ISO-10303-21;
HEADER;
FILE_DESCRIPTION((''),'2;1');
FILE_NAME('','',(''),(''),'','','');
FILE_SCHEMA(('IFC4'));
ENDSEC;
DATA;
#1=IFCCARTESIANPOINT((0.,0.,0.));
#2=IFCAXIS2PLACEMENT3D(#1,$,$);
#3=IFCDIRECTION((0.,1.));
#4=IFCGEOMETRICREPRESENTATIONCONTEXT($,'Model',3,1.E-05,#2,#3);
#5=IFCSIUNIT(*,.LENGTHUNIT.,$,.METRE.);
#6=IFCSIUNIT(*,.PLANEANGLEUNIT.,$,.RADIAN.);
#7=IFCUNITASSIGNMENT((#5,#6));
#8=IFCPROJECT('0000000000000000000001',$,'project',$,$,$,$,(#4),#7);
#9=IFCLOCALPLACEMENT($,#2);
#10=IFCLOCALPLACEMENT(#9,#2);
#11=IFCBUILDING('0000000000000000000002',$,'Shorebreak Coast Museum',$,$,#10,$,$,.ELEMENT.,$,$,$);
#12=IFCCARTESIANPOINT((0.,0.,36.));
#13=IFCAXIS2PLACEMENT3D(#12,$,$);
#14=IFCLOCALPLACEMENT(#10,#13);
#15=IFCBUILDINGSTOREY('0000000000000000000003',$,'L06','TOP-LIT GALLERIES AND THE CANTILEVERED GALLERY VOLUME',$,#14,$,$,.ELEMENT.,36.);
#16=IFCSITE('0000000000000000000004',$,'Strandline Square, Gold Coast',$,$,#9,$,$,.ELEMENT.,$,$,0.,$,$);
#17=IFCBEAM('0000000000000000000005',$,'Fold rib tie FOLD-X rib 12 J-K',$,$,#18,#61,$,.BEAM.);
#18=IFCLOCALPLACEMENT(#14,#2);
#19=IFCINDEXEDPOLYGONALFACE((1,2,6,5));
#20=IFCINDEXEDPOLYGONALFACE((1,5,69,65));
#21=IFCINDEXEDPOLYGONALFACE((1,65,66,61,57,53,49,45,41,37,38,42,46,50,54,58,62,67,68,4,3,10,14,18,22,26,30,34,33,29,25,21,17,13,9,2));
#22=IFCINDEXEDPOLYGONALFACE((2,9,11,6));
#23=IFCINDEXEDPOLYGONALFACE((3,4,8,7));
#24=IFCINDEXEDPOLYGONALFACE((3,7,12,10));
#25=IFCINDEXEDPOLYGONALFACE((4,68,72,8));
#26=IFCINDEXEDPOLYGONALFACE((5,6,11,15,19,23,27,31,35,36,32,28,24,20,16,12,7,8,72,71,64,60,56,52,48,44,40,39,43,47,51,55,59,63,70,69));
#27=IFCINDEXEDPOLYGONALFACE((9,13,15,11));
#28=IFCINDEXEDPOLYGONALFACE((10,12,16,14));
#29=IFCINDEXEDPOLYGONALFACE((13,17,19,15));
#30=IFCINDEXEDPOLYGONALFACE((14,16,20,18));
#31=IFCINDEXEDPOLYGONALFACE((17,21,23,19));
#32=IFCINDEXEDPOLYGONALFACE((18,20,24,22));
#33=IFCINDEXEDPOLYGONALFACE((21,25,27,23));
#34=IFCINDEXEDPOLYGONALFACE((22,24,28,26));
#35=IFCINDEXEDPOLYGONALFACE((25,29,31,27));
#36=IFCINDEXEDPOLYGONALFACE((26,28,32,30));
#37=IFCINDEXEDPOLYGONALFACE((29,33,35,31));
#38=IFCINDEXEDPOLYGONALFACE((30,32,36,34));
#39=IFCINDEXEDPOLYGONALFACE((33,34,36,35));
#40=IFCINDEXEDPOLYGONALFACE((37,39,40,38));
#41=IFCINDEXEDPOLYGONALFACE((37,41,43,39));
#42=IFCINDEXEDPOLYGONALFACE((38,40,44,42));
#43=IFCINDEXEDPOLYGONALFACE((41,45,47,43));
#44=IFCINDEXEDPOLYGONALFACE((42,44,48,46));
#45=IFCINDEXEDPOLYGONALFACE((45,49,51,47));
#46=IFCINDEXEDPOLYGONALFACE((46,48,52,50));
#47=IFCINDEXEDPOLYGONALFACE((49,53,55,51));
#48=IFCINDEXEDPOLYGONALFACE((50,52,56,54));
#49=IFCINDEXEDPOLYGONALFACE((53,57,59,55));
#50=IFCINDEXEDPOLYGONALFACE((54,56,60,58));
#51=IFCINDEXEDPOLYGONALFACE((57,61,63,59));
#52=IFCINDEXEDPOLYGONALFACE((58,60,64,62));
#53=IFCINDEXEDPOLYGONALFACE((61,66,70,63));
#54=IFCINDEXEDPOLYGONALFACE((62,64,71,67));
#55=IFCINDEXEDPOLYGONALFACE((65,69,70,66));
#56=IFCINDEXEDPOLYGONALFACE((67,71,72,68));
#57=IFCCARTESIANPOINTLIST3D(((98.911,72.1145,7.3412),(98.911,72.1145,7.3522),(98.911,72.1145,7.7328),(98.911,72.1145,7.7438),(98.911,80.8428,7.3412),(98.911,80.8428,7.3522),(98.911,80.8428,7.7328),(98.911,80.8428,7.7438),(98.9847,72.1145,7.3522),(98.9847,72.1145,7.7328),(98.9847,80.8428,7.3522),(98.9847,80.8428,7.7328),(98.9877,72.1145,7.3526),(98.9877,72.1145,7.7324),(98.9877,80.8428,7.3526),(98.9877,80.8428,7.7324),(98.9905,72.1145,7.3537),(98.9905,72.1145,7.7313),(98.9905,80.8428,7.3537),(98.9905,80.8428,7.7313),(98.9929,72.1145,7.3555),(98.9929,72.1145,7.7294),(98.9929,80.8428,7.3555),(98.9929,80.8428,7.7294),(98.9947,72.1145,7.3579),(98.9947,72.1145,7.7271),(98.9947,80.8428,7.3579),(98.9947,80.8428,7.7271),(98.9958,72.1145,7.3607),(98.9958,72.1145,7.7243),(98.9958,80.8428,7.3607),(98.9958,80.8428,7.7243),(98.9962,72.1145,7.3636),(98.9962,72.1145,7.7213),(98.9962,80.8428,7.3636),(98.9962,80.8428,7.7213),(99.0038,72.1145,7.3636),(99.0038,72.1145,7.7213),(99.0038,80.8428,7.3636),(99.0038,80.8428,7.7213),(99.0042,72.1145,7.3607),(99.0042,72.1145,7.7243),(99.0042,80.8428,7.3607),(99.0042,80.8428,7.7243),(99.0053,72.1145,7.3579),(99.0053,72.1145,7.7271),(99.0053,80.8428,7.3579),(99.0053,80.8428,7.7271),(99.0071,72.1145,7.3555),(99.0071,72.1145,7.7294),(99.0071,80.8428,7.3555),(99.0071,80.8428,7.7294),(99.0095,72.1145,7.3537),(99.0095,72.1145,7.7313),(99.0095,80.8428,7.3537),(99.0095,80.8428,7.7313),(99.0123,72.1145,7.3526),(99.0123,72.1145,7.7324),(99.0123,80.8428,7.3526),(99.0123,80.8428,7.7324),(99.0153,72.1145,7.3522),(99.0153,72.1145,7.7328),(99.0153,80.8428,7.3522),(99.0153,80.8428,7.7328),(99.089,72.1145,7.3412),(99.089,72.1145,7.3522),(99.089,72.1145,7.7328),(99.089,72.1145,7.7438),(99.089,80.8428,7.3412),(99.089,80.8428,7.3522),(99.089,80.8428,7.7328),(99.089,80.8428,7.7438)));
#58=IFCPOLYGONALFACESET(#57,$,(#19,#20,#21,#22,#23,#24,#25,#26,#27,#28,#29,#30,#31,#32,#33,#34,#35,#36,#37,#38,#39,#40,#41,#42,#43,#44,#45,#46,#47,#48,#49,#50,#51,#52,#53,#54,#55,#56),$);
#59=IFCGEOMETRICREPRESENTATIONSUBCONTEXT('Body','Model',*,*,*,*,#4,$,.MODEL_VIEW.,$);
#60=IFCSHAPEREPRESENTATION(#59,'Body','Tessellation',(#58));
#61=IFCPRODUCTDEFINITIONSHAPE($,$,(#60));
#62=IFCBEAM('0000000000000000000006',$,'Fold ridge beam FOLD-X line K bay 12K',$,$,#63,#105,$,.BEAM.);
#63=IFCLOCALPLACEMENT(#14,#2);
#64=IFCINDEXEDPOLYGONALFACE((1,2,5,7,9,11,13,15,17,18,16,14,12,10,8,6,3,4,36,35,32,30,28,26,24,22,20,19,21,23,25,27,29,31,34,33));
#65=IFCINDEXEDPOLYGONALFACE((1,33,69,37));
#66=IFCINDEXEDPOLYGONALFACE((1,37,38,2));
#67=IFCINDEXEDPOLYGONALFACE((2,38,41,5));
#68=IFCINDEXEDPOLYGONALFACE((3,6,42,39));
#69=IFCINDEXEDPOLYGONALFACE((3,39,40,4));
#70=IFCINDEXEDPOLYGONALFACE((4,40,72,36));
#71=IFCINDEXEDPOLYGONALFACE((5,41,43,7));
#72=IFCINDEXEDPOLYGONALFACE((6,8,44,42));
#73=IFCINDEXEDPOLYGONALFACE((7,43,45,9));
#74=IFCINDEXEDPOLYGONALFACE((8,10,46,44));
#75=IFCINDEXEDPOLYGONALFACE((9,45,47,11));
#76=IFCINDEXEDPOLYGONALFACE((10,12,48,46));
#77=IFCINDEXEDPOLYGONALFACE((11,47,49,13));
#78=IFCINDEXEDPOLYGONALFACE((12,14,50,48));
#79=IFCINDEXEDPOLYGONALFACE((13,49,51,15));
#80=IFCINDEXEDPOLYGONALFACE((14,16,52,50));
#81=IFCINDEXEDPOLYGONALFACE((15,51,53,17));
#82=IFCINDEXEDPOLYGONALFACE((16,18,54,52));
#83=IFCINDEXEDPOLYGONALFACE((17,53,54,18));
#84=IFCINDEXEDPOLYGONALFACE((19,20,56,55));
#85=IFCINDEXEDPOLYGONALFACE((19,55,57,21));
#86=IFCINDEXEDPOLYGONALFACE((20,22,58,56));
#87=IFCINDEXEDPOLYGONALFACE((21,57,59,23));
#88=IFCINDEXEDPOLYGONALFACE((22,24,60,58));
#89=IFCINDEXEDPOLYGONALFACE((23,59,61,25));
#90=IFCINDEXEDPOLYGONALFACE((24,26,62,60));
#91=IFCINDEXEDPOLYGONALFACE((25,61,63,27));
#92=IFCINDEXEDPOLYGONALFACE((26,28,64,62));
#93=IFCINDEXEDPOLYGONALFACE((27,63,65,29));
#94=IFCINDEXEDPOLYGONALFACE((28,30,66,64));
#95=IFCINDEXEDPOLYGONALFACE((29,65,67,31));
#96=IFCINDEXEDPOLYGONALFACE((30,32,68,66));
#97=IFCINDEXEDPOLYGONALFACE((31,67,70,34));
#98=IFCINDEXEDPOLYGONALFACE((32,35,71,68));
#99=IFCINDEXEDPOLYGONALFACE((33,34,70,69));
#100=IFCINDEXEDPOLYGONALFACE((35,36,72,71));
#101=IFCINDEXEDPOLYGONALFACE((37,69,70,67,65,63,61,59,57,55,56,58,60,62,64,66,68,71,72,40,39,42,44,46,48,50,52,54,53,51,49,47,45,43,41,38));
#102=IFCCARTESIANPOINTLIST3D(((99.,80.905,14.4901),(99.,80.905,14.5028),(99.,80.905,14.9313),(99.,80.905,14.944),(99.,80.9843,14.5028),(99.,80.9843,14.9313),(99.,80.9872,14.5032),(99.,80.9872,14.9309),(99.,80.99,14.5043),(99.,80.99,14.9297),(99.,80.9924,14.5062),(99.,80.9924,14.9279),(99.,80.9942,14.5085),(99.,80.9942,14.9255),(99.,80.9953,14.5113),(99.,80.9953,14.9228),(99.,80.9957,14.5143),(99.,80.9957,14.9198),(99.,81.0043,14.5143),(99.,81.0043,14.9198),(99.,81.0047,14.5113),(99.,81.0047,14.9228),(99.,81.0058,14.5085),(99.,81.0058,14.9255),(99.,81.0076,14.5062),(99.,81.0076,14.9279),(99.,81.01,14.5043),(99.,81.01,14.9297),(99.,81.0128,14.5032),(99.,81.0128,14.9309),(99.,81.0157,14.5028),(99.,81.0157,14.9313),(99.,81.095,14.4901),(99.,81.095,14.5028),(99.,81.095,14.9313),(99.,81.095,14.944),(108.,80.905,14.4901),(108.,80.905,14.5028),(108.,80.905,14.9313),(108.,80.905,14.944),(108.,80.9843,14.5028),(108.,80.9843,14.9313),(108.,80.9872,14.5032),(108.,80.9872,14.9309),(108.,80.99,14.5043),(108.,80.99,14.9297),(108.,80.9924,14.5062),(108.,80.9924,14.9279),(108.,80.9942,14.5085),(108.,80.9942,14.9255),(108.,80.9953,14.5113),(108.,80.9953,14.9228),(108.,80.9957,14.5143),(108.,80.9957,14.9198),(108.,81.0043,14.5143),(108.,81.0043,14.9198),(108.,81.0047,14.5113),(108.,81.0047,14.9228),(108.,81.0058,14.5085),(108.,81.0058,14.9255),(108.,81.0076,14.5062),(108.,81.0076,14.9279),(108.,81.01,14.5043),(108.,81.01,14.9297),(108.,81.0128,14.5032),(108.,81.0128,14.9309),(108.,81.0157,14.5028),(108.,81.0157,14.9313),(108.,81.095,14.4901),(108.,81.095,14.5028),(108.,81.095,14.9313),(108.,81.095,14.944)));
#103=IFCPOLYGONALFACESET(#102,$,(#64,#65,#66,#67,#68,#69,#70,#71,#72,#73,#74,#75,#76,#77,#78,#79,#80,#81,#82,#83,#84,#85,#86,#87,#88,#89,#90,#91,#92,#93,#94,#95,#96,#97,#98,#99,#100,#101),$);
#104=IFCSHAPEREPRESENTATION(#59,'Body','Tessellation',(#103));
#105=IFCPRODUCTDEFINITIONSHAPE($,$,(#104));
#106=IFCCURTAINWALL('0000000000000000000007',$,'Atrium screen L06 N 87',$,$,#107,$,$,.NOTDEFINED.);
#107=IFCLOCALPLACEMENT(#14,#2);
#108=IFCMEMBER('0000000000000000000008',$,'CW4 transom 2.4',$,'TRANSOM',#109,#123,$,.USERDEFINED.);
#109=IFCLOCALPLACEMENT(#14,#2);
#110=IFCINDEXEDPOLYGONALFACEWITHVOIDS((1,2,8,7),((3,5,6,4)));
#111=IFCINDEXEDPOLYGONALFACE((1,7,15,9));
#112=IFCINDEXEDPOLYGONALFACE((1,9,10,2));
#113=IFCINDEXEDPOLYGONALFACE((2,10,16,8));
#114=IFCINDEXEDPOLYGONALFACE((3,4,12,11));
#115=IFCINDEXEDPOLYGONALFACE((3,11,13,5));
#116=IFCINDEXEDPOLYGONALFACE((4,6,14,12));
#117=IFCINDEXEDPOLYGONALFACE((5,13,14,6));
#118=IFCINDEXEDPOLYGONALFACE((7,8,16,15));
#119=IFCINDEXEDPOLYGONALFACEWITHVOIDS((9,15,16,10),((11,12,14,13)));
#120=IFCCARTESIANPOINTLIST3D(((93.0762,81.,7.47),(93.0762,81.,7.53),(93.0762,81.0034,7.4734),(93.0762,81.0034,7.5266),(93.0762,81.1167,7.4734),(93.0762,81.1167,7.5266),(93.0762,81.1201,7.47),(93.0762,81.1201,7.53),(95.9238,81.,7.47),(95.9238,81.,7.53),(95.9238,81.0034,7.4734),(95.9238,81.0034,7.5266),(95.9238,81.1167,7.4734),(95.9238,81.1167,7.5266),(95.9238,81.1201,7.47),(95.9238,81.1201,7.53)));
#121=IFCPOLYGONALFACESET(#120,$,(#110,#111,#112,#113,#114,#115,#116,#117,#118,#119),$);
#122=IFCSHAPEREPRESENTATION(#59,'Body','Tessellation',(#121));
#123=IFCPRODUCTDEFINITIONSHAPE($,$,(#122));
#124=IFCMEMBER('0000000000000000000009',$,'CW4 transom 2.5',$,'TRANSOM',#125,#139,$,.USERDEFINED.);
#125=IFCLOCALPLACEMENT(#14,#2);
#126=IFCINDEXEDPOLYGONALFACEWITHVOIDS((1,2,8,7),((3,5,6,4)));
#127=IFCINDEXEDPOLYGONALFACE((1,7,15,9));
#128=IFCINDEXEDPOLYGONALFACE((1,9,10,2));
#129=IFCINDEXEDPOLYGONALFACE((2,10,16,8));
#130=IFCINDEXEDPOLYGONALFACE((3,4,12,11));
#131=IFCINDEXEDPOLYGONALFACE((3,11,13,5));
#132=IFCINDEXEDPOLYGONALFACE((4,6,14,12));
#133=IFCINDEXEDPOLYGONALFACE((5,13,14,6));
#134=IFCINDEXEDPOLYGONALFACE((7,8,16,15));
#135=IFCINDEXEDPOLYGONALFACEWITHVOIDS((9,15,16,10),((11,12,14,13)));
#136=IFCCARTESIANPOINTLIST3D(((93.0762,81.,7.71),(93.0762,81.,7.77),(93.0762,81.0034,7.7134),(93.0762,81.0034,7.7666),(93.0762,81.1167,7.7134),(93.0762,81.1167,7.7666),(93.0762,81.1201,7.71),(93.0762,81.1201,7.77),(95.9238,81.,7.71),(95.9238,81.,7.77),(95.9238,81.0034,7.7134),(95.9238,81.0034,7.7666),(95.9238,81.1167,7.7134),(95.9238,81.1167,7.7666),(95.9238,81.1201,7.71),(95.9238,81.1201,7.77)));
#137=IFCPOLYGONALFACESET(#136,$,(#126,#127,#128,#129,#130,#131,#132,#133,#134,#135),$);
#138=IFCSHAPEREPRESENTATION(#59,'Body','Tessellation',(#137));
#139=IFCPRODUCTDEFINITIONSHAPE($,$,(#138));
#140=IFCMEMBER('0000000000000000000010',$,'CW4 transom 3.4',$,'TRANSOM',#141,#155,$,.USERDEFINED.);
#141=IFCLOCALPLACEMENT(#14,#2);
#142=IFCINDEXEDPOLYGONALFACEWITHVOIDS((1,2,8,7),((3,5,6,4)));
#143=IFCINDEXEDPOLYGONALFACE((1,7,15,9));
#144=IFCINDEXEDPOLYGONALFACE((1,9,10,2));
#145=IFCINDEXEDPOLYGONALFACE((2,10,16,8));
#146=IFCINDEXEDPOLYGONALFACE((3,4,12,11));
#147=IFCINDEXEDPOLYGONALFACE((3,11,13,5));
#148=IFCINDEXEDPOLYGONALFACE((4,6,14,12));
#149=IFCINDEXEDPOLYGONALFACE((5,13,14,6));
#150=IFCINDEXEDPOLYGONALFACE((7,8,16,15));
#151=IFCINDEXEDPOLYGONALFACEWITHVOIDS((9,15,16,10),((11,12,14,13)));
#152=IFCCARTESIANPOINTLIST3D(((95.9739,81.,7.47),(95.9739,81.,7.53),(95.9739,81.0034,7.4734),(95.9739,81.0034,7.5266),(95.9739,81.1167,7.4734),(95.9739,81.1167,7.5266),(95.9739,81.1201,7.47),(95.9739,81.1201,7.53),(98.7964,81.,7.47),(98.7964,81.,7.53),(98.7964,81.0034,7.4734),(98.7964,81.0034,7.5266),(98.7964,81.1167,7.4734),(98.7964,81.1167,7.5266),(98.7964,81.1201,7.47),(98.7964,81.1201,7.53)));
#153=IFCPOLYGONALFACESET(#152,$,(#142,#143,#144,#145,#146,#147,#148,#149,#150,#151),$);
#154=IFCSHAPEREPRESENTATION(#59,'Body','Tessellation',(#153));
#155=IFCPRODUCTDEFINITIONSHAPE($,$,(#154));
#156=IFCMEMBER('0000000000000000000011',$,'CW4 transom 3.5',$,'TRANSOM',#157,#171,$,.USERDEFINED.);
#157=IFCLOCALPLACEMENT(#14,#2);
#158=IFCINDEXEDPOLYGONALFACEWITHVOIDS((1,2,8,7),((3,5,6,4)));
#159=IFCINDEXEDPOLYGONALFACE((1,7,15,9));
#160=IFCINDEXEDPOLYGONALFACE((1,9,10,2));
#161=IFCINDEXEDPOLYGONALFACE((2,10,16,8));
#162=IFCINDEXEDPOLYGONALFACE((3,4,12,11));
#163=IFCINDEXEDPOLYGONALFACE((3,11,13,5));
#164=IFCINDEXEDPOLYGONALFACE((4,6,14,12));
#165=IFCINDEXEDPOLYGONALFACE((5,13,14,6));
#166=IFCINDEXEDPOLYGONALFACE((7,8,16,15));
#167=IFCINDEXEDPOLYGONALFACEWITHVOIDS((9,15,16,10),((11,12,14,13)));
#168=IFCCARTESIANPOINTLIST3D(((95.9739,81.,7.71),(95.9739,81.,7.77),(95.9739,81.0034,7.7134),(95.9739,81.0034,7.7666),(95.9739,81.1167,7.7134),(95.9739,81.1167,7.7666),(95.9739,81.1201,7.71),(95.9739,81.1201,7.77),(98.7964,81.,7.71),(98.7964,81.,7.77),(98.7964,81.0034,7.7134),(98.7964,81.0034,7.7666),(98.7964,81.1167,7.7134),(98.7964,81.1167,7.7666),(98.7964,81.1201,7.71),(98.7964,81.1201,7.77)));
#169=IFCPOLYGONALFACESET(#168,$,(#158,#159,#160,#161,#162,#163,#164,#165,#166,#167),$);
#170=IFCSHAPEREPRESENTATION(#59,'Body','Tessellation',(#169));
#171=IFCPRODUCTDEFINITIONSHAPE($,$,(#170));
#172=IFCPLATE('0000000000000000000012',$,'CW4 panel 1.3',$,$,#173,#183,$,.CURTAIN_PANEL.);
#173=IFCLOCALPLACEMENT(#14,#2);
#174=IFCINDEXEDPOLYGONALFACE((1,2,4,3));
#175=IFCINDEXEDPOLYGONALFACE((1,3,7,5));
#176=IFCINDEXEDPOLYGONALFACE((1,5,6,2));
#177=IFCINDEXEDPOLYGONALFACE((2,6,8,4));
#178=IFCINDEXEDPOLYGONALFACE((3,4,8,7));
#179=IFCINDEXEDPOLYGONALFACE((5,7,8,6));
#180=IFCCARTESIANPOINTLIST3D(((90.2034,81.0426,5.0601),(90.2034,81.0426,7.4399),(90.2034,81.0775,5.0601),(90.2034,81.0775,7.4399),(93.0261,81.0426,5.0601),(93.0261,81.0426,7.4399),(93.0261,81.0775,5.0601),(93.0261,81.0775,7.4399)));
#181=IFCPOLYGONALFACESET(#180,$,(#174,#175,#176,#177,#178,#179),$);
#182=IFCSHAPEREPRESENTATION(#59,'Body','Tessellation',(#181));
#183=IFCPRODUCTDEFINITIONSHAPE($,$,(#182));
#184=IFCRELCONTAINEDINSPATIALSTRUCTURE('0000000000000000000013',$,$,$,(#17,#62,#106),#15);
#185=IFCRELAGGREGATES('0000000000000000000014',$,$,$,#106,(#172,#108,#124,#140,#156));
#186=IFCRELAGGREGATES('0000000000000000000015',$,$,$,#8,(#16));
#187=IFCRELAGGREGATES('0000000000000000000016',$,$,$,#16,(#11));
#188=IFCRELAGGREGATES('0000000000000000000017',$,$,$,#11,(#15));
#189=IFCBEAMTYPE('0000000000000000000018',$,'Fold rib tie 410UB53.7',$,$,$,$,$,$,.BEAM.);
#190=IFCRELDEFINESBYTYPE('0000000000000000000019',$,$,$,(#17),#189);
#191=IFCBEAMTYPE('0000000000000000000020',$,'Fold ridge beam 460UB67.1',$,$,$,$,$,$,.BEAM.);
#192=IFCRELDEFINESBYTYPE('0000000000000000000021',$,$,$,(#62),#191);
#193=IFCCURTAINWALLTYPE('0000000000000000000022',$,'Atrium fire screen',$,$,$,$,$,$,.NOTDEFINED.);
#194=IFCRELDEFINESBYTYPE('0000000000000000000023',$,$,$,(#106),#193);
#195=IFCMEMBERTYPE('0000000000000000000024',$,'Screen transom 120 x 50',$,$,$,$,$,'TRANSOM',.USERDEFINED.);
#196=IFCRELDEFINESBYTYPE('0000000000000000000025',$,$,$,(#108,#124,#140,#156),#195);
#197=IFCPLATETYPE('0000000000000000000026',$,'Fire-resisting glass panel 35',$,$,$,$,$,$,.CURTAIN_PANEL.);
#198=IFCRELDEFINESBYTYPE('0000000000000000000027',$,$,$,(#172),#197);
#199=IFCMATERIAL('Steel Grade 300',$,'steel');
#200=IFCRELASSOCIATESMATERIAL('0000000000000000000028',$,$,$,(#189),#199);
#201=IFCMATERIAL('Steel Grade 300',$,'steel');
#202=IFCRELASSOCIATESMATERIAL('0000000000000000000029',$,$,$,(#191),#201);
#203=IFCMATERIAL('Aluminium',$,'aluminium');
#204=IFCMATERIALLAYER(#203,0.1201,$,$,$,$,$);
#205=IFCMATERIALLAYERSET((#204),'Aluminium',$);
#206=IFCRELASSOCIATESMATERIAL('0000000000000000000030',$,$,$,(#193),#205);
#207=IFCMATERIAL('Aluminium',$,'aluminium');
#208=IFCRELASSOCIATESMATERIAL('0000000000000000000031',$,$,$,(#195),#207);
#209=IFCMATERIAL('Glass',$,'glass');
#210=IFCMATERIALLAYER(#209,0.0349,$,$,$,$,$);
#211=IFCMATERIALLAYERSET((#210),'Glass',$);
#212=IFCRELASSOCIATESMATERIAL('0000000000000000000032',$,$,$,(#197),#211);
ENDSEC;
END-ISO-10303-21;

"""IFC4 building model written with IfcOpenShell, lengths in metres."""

from ifc_helpers import new_model, si_unit, direction, frame, origin, origin_2d, place, context, subcontext, project, spatial, rectangle, hollow_rectangle, i_section, extrude, material, layer, layer_set, material_profile, profile_set, type_object, element, aggregate, save


model = new_model("IFC4")

# Units and contexts
model_context = context("Model", 3, precision=1e-05, world=origin(), true_north=direction((0.0, 1.0)))
body_context = subcontext(model_context, "Body", "Model", "MODEL_VIEW")
ifc_project = project(units=[si_unit("LENGTHUNIT", "METRE"), si_unit("PLANEANGLEUNIT", "RADIAN")], contexts=[model_context])

# Site, building, storey
site_placement = place(None, origin())
site = spatial("IfcSite", under=ifc_project, at=site_placement, Name="Strandline Square, Gold Coast", CompositionType="ELEMENT", RefElevation=0.0)
building_placement = place(site_placement, origin())
building = spatial("IfcBuilding", under=site, at=building_placement, Name="Shorebreak Coast Museum", CompositionType="ELEMENT")
storey_placement = place(building_placement, frame((0.0, 0.0, 36.0)))
storey = spatial("IfcBuildingStorey", under=building, at=storey_placement, Name="L06", Description="TOP-LIT GALLERIES AND THE CANTILEVERED GALLERY VOLUME", CompositionType="ELEMENT", Elevation=36.0)

# Beams
ifc_material_1 = material(Name="Steel Grade 300", Category="steel")
ifc_material_profile_1 = material_profile(ifc_material_1, i_section(OverallWidth=0.178, OverallDepth=0.4026, WebThickness=0.0076, FlangeThickness=0.011, FilletRadius=0.0115, at=origin_2d()), Name="410UB53.7")
ifc_profile_set_1 = profile_set([ifc_material_profile_1], Name="Steel Grade 300")
beam_type_1 = type_object("IfcBeamType", Name="Fold rib tie 410UB53.7", PredefinedType="BEAM", material=ifc_profile_set_1)
beam_1_placement = place(storey_placement, frame((99.0, 72.1145, 7.5425), z_axis=(0.0, 1.0, 0.0), x_axis=(-1.0, 0.0, 0.0)))
element("IfcBeam", 1, at=beam_1_placement, inside=storey, type_object=beam_type_1, Name="Fold rib tie FOLD-X rib 12 J-K", PredefinedType="BEAM", context=body_context, shape_type="SweptSolid", body=[
    extrude(i_section(OverallWidth=0.178, OverallDepth=0.4026, WebThickness=0.0076, FlangeThickness=0.011, FilletRadius=0.0115, at=origin_2d()), origin(), (0.0, 0.0, 1.0), 8.7283),
])
ifc_material_2 = material(Name="Steel Grade 300", Category="steel")
ifc_material_profile_2 = material_profile(ifc_material_2, i_section(OverallWidth=0.1899, OverallDepth=0.4539, WebThickness=0.0085, FlangeThickness=0.0127, FilletRadius=0.0115, at=origin_2d()), Name="460UB67.1")
ifc_profile_set_2 = profile_set([ifc_material_profile_2], Name="Steel Grade 300")
beam_type_2 = type_object("IfcBeamType", Name="Fold ridge beam 460UB67.1", PredefinedType="BEAM", material=ifc_profile_set_2)
beam_2_placement = place(storey_placement, frame((99.0, 81.0, 14.717), z_axis=(1.0, 0.0, 0.0), x_axis=(0.0, 1.0, 0.0)))
element("IfcBeam", 2, at=beam_2_placement, inside=storey, type_object=beam_type_2, Name="Fold ridge beam FOLD-X line K bay 12K", PredefinedType="BEAM", context=body_context, shape_type="SweptSolid", body=[
    extrude(i_section(OverallWidth=0.1899, OverallDepth=0.4539, WebThickness=0.0085, FlangeThickness=0.0127, FilletRadius=0.0115, at=origin_2d()), origin(), (0.0, 0.0, 1.0), 9.0),
])

# Curtain wall, members, plate
ifc_material_3 = material(Name="Aluminium", Category="aluminium")
ifc_layer_1 = layer(ifc_material_3, 0.1201)
ifc_layer_set_1 = layer_set([ifc_layer_1], Name="Aluminium")
curtain_wall_type = type_object("IfcCurtainWallType", Name="Atrium fire screen", PredefinedType="NOTDEFINED", material=ifc_layer_set_1)
curtain_wall_placement = place(storey_placement, origin())
curtain_wall = element("IfcCurtainWall", 3, at=curtain_wall_placement, inside=storey, type_object=curtain_wall_type, Name="Atrium screen L06 N 87", PredefinedType="NOTDEFINED")
ifc_material_4 = material(Name="Aluminium", Category="aluminium")
ifc_material_profile_3 = material_profile(ifc_material_4, hollow_rectangle(XDim=0.1201, YDim=0.0601, WallThickness=0.0034, at=origin_2d()), Name="AL 60x120 RHS")
ifc_profile_set_3 = profile_set([ifc_material_profile_3], Name="Aluminium")
member_type_1 = type_object("IfcMemberType", Name="Screen transom 120 x 50", ElementType="TRANSOM", PredefinedType="USERDEFINED", material=ifc_profile_set_3)
member_1_placement = place(storey_placement, frame((93.0762, 81.0601, 7.5), z_axis=(1.0, 0.0, 0.0), x_axis=(0.0, 1.0, 0.0)))
member_1 = element("IfcMember", 4, at=member_1_placement, type_object=member_type_1, Name="CW4 transom 2.4", ObjectType="TRANSOM", PredefinedType="USERDEFINED", context=body_context, shape_type="SweptSolid", body=[
    extrude(hollow_rectangle(XDim=0.1201, YDim=0.0601, WallThickness=0.0034, at=origin_2d()), origin(), (0.0, 0.0, 1.0), 2.8477),
])
member_2_placement = place(storey_placement, frame((93.0762, 81.0601, 7.74), z_axis=(1.0, 0.0, 0.0), x_axis=(0.0, 1.0, 0.0)))
member_2 = element("IfcMember", 5, at=member_2_placement, type_object=member_type_1, Name="CW4 transom 2.5", ObjectType="TRANSOM", PredefinedType="USERDEFINED", context=body_context, shape_type="SweptSolid", body=[
    extrude(hollow_rectangle(XDim=0.1201, YDim=0.0601, WallThickness=0.0034, at=origin_2d()), origin(), (0.0, 0.0, 1.0), 2.8477),
])
member_3_placement = place(storey_placement, frame((95.9739, 81.0601, 7.5), z_axis=(1.0, 0.0, 0.0), x_axis=(0.0, 1.0, 0.0)))
member_3 = element("IfcMember", 6, at=member_3_placement, type_object=member_type_1, Name="CW4 transom 3.4", ObjectType="TRANSOM", PredefinedType="USERDEFINED", context=body_context, shape_type="SweptSolid", body=[
    extrude(hollow_rectangle(XDim=0.1201, YDim=0.0601, WallThickness=0.0034, at=origin_2d()), origin(), (0.0, 0.0, 1.0), 2.8225),
])
member_4_placement = place(storey_placement, frame((95.9739, 81.0601, 7.74), z_axis=(1.0, 0.0, 0.0), x_axis=(0.0, 1.0, 0.0)))
member_4 = element("IfcMember", 7, at=member_4_placement, type_object=member_type_1, Name="CW4 transom 3.5", ObjectType="TRANSOM", PredefinedType="USERDEFINED", context=body_context, shape_type="SweptSolid", body=[
    extrude(hollow_rectangle(XDim=0.1201, YDim=0.0601, WallThickness=0.0034, at=origin_2d()), origin(), (0.0, 0.0, 1.0), 2.8225),
])
ifc_material_5 = material(Name="Glass", Category="glass")
ifc_layer_2 = layer(ifc_material_5, 0.0349)
ifc_layer_set_2 = layer_set([ifc_layer_2], Name="Glass")
plate_type = type_object("IfcPlateType", Name="Fire-resisting glass panel 35", PredefinedType="CURTAIN_PANEL", material=ifc_layer_set_2)
plate_1_placement = place(storey_placement, frame((91.6147, 81.0601, 5.0601), z_axis=(0.0, 0.0, 1.0), x_axis=(1.0, 0.0, 0.0)))
plate_1 = element("IfcPlate", 8, at=plate_1_placement, type_object=plate_type, Name="CW4 panel 1.3", PredefinedType="CURTAIN_PANEL", context=body_context, shape_type="SweptSolid", body=[
    extrude(rectangle(XDim=2.8228, YDim=0.0349, at=origin_2d()), origin(), (0.0, 0.0, 1.0), 2.3799),
])
aggregate(curtain_wall, [plate_1, member_1, member_2, member_3, member_4])

save(model, "model.ifc")
